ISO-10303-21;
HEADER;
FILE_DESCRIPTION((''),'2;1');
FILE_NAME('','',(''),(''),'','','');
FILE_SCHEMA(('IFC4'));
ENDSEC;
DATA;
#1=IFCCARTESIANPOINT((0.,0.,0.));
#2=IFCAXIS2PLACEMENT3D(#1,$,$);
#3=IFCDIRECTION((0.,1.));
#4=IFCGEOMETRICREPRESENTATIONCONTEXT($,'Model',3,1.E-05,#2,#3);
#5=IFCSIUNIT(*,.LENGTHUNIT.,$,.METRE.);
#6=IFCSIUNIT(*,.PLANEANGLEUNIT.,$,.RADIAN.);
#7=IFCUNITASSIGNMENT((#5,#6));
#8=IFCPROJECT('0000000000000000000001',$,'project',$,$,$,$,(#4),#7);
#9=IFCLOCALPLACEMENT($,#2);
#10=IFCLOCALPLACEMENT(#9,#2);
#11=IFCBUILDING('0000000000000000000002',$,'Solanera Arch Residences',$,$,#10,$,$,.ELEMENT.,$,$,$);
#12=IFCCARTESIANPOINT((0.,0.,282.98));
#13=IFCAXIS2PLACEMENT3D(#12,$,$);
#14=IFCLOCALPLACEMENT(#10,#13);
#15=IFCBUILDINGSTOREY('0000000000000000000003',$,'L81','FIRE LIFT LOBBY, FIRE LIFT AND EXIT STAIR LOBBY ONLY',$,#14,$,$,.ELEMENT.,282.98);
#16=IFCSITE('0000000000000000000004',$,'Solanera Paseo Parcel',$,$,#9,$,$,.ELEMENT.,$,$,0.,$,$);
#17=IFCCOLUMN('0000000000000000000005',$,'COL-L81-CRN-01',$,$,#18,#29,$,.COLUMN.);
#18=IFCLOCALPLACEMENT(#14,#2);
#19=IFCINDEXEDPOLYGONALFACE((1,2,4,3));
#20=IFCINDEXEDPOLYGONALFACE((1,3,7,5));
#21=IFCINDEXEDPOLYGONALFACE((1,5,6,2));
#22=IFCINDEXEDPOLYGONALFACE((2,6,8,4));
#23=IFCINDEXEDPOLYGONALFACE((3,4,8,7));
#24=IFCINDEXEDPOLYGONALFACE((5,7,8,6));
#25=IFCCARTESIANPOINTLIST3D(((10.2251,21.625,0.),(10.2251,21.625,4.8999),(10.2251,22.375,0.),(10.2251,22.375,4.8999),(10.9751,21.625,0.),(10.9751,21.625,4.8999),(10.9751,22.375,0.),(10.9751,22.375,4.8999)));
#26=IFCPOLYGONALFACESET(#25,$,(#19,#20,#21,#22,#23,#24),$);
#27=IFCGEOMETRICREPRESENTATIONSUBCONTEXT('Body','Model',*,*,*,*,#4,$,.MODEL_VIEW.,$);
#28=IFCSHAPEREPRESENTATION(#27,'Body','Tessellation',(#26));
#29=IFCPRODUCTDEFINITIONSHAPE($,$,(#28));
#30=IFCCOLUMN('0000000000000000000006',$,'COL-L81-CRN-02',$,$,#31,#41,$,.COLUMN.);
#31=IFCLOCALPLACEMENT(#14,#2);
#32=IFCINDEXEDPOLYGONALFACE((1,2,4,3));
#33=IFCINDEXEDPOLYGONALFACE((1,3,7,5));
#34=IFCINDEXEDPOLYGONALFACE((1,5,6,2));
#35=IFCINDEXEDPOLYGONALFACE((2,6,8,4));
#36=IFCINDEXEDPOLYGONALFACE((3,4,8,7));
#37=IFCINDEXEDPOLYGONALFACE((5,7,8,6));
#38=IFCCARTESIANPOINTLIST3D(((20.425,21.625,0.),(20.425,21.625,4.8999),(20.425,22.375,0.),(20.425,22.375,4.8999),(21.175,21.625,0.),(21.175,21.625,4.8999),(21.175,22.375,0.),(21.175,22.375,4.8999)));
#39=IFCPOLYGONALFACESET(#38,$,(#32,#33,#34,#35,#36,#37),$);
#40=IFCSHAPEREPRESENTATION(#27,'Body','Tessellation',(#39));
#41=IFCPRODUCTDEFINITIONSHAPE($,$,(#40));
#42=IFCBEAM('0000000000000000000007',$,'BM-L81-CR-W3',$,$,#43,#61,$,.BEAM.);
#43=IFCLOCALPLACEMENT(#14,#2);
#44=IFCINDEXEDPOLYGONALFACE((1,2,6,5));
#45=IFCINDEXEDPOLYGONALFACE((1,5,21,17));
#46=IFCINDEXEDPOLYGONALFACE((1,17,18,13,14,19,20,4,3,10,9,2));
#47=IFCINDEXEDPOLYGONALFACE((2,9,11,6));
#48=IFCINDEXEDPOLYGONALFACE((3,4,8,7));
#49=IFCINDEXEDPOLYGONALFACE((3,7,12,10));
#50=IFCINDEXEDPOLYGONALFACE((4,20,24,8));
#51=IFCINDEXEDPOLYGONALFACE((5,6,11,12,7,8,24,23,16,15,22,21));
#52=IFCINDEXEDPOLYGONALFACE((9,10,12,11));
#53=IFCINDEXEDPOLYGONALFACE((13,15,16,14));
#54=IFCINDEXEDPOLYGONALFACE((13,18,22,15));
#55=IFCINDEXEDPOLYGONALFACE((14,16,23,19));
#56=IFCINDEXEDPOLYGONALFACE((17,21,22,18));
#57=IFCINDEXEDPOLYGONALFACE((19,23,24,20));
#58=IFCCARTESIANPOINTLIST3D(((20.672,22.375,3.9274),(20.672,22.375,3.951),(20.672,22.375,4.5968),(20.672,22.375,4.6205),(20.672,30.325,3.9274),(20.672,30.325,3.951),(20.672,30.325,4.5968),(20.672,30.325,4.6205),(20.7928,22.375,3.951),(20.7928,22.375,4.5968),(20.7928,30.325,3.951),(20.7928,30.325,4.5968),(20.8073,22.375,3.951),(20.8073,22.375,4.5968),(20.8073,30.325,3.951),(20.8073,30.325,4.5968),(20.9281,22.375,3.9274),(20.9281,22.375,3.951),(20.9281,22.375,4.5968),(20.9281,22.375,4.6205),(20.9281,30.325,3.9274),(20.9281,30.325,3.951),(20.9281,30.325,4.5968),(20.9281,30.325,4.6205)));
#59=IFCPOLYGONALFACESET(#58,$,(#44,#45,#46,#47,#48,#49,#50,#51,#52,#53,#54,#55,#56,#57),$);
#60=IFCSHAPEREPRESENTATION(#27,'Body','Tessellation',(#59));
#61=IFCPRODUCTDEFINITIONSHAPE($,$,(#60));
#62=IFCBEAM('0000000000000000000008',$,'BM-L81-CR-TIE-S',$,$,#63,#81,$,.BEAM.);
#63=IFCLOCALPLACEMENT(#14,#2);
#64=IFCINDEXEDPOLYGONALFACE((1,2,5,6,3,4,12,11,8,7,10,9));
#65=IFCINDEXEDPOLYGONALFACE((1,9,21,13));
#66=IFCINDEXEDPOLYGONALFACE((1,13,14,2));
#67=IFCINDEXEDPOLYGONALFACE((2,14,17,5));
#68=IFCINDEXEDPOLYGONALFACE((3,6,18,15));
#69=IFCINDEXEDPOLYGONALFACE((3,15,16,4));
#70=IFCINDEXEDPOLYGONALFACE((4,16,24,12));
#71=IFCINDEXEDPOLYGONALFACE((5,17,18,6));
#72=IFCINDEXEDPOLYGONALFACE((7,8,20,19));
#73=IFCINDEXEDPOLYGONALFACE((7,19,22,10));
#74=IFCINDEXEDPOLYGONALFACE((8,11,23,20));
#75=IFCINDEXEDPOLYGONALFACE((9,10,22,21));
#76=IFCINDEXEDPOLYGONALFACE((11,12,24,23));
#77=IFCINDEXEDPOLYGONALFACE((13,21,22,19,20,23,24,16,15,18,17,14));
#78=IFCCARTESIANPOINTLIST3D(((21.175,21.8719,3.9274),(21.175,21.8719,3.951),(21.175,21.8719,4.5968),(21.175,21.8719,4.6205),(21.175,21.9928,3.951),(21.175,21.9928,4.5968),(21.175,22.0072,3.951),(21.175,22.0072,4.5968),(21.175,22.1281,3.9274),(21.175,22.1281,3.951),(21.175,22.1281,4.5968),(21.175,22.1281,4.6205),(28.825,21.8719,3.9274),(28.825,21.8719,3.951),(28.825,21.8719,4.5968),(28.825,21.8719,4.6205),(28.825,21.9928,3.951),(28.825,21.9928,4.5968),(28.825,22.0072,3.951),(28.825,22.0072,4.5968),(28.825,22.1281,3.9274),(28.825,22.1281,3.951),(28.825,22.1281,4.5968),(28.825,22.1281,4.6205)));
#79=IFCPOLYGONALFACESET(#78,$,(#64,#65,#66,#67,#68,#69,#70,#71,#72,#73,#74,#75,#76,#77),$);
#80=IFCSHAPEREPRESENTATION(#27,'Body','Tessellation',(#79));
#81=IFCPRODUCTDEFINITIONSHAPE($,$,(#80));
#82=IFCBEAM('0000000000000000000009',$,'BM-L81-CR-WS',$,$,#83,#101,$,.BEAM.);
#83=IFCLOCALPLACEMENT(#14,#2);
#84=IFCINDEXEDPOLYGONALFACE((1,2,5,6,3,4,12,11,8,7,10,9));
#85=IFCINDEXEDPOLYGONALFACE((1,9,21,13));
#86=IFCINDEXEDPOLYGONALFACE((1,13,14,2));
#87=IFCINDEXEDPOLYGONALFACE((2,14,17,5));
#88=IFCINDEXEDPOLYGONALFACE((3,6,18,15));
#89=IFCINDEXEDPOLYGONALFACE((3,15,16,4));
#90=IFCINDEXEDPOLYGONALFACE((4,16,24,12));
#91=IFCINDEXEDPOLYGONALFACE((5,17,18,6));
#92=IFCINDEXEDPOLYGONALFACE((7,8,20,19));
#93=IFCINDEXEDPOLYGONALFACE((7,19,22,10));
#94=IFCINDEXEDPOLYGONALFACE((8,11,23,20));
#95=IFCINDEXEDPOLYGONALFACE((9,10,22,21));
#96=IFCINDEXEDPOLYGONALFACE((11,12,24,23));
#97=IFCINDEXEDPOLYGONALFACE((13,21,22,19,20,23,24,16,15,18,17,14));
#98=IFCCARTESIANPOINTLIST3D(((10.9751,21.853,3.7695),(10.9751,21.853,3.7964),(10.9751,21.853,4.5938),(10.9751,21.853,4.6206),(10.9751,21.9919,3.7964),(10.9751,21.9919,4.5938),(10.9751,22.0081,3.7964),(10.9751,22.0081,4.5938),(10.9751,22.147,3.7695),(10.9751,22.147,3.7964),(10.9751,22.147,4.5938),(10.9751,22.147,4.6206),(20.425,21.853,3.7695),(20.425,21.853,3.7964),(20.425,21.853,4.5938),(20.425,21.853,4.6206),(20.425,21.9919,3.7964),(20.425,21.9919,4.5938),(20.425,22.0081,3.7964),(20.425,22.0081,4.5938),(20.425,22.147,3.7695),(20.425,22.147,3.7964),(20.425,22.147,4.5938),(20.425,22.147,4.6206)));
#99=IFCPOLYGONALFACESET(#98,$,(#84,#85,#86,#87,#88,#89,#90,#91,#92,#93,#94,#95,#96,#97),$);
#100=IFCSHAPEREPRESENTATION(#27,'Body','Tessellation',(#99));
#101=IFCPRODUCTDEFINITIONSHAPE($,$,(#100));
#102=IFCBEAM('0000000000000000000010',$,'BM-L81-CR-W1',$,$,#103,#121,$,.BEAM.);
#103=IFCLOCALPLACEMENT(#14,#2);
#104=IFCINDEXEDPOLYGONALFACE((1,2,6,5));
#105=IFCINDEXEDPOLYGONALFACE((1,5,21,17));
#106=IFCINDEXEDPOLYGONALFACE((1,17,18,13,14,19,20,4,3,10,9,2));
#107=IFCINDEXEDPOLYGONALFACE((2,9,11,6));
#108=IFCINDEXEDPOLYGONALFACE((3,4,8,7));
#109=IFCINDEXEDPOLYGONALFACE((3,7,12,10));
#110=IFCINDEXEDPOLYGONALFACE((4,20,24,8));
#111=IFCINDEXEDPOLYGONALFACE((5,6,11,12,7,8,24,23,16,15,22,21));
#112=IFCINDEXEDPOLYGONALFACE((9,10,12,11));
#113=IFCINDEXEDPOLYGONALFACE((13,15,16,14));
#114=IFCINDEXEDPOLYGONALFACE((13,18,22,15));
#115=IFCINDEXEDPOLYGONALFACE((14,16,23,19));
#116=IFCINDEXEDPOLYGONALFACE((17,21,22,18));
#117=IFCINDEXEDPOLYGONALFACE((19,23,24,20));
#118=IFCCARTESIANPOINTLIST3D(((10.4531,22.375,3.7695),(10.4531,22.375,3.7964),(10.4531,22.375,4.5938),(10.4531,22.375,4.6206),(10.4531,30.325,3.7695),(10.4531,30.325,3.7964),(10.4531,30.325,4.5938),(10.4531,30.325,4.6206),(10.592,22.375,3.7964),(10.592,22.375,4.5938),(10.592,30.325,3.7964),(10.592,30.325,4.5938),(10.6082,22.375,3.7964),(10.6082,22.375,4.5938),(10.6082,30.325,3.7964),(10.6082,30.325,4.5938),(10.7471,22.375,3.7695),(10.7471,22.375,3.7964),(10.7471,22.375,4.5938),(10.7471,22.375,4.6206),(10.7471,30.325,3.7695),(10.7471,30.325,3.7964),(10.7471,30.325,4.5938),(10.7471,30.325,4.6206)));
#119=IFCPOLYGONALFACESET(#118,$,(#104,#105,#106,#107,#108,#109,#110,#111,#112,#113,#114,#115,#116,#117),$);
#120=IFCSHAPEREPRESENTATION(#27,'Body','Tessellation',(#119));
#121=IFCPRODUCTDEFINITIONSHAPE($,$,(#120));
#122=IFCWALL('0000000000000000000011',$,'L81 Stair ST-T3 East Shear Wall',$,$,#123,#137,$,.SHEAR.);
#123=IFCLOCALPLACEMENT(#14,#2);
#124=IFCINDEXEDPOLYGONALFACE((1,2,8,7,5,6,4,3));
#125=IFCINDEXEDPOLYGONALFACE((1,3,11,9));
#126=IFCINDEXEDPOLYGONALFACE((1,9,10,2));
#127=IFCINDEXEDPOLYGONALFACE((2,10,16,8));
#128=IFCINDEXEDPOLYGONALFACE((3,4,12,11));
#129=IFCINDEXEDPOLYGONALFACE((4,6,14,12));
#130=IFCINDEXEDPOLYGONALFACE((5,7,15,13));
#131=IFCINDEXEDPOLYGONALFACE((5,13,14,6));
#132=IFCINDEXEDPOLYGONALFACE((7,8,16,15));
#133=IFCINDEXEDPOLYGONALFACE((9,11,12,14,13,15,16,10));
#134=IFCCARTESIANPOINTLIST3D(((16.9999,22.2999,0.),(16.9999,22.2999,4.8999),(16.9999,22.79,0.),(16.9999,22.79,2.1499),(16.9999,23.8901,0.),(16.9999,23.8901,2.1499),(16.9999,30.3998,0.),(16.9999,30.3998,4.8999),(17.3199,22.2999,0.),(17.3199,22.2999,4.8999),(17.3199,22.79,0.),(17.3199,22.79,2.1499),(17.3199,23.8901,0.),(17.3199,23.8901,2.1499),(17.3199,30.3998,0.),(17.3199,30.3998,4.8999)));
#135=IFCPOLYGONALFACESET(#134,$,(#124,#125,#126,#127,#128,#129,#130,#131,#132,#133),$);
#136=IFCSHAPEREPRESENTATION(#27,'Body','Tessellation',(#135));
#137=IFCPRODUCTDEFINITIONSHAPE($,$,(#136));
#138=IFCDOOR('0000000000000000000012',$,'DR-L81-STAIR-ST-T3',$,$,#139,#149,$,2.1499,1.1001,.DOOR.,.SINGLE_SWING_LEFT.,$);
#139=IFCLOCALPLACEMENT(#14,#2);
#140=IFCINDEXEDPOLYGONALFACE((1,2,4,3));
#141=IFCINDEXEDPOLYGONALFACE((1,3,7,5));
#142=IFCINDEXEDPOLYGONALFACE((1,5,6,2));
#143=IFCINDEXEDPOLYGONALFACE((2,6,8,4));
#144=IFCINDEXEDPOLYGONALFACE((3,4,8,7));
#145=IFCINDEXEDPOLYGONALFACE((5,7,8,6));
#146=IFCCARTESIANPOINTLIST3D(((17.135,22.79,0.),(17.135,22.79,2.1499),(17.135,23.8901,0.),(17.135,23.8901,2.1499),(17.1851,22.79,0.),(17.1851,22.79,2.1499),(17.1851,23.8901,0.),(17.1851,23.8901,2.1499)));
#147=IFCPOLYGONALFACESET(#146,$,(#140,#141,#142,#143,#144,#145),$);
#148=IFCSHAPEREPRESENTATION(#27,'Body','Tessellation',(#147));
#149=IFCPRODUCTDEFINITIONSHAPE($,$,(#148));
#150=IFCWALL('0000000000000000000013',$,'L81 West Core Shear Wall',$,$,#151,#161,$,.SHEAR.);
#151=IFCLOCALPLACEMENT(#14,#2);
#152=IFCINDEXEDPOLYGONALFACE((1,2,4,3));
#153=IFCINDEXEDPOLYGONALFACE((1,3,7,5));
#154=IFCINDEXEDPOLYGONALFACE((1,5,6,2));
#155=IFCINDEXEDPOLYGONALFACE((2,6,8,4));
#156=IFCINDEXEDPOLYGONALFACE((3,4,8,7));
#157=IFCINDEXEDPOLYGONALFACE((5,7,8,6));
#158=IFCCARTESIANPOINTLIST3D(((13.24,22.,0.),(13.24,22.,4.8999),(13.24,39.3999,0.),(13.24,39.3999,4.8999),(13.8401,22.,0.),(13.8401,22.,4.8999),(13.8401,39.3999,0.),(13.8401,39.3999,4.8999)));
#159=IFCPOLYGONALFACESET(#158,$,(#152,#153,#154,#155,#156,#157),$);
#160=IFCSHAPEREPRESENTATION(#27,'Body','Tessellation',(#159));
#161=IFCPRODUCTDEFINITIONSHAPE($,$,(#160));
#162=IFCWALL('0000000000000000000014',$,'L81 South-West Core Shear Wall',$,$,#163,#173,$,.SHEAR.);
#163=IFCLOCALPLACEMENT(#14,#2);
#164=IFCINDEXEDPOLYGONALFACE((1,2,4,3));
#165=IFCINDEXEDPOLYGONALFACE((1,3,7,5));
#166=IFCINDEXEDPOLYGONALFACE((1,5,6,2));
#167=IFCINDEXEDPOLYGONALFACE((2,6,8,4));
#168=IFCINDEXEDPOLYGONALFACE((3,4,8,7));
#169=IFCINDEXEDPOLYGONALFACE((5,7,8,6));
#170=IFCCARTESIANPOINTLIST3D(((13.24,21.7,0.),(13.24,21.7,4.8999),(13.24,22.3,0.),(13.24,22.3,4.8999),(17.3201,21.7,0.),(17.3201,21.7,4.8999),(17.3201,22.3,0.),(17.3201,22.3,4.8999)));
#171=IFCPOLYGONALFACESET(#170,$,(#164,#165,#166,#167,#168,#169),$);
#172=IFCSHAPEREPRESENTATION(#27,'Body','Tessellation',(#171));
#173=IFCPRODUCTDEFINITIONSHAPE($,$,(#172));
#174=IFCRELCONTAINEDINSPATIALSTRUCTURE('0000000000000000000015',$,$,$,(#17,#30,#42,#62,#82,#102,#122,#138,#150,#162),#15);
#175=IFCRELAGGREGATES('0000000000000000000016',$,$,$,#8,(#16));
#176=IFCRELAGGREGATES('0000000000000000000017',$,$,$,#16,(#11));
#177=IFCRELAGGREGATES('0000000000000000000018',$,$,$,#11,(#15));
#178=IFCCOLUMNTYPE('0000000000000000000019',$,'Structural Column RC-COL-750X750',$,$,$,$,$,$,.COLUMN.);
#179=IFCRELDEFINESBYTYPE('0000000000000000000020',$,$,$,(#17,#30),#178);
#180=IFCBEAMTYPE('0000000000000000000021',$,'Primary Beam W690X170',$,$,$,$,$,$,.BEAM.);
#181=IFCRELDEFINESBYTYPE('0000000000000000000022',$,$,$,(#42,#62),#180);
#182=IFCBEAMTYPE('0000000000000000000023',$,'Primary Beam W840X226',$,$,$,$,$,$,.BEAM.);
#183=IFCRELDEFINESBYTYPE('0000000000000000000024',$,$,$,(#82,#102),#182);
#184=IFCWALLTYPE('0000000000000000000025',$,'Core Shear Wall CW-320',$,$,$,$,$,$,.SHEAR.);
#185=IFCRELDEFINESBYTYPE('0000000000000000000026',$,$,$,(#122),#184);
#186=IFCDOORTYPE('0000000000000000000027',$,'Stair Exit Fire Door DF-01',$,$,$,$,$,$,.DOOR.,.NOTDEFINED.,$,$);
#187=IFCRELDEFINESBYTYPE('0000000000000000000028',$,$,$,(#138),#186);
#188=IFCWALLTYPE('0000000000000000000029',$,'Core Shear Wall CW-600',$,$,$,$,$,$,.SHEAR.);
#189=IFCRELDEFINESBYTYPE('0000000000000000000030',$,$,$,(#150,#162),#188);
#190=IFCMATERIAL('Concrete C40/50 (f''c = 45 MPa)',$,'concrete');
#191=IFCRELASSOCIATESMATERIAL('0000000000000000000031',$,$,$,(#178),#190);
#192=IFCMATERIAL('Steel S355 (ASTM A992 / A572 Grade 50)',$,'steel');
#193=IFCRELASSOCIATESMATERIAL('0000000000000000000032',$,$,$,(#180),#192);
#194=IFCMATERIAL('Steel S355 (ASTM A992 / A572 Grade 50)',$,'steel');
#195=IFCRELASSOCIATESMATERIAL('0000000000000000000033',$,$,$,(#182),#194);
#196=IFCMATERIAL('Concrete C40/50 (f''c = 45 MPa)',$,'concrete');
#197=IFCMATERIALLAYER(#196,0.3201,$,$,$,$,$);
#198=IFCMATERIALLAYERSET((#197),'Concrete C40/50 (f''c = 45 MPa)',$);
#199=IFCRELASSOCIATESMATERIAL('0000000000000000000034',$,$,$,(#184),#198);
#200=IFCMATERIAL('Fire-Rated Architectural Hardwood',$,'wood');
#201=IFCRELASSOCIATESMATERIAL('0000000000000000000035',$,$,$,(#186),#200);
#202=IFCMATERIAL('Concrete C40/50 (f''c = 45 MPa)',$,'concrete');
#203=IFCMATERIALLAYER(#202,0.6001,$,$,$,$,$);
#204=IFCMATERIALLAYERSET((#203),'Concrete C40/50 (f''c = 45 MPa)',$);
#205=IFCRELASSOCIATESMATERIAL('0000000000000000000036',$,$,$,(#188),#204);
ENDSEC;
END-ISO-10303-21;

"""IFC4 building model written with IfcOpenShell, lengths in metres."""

from ifc_helpers import new_model, si_unit, direction, frame, frame_2d, origin, origin_2d, place, context, subcontext, project, spatial, rectangle, i_section, extrude, material, layer, layer_set, material_profile, profile_set, type_object, element, fill, save


model = new_model("IFC4")

# Units and contexts
model_context = context("Model", 3, precision=1e-05, world=origin(), true_north=direction((0.0, 1.0)))
body_context = subcontext(model_context, "Body", "Model", "MODEL_VIEW")
ifc_project = project(units=[si_unit("LENGTHUNIT", "METRE"), si_unit("PLANEANGLEUNIT", "RADIAN")], contexts=[model_context])

# Site, building, storey
site_placement = place(None, origin())
site = spatial("IfcSite", under=ifc_project, at=site_placement, Name="Solanera Paseo Parcel", CompositionType="ELEMENT", RefElevation=0.0)
building_placement = place(site_placement, origin())
building = spatial("IfcBuilding", under=site, at=building_placement, Name="Solanera Arch Residences", CompositionType="ELEMENT")
storey_placement = place(building_placement, frame((0.0, 0.0, 282.98)))
storey = spatial("IfcBuildingStorey", under=building, at=storey_placement, Name="L81", Description="FIRE LIFT LOBBY, FIRE LIFT AND EXIT STAIR LOBBY ONLY", CompositionType="ELEMENT", Elevation=282.98)

# Columns
ifc_material_1 = material(Name="Concrete C40/50 (f'c = 45 MPa)", Category="concrete")
ifc_material_profile_1 = material_profile(ifc_material_1, rectangle(XDim=0.75, YDim=0.75, at=origin_2d()))
ifc_profile_set_1 = profile_set([ifc_material_profile_1], Name="Concrete C40/50 (f'c = 45 MPa)")
column_type = type_object("IfcColumnType", Name="Structural Column RC-COL-750X750", PredefinedType="COLUMN", material=ifc_profile_set_1)
for number, where, z_axis, x_axis, name in (
    (1, (10.6001, 22.0, 0.0), (0.0, 0.0, 1.0), (1.0, 0.0, 0.0), "COL-L81-CRN-01"),
    (2, (20.8, 22.0, 0.0), (0.0, 0.0, 1.0), (1.0, 0.0, 0.0), "COL-L81-CRN-02"),
):
    element("IfcColumn", number, at=place(storey_placement, frame(where, z_axis=z_axis, x_axis=x_axis)), inside=storey, type_object=column_type, Name=name, PredefinedType="COLUMN", context=body_context, shape_type="SweptSolid", body=[
        extrude(rectangle(XDim=0.75, YDim=0.75, at=origin_2d()), origin(), (0.0, 0.0, 1.0), 4.8999),
    ])

# Beams
ifc_material_2 = material(Name="Steel S355 (ASTM A992 / A572 Grade 50)", Category="steel")
ifc_material_profile_2 = material_profile(ifc_material_2, i_section(OverallWidth=0.2561, OverallDepth=0.6931, WebThickness=0.0144, FlangeThickness=0.0237, at=origin_2d()))
ifc_profile_set_2 = profile_set([ifc_material_profile_2], Name="Steel S355 (ASTM A992 / A572 Grade 50)")
beam_type_1 = type_object("IfcBeamType", Name="Primary Beam W690X170", PredefinedType="BEAM", material=ifc_profile_set_2)
beam_1_placement = place(storey_placement, frame((20.8, 22.375, 4.2739), z_axis=(0.0, 1.0, 0.0), x_axis=(-1.0, 0.0, 0.0)))
element("IfcBeam", 3, at=beam_1_placement, inside=storey, type_object=beam_type_1, Name="BM-L81-CR-W3", PredefinedType="BEAM", context=body_context, shape_type="SweptSolid", body=[
    extrude(i_section(OverallWidth=0.2561, OverallDepth=0.6931, WebThickness=0.0144, FlangeThickness=0.0237, at=origin_2d()), origin(), (0.0, 0.0, 1.0), 7.95),
])
beam_2_placement = place(storey_placement, frame((21.175, 22.0, 4.2739), z_axis=(1.0, 0.0, 0.0), x_axis=(0.0, 1.0, 0.0)))
element("IfcBeam", 4, at=beam_2_placement, inside=storey, type_object=beam_type_1, Name="BM-L81-CR-TIE-S", PredefinedType="BEAM", context=body_context, shape_type="SweptSolid", body=[
    extrude(i_section(OverallWidth=0.2561, OverallDepth=0.6931, WebThickness=0.0144, FlangeThickness=0.0237, at=origin_2d()), origin(), (0.0, 0.0, 1.0), 7.6499),
])
ifc_material_3 = material(Name="Steel S355 (ASTM A992 / A572 Grade 50)", Category="steel")
ifc_material_profile_3 = material_profile(ifc_material_3, i_section(OverallWidth=0.2939, OverallDepth=0.8511, WebThickness=0.0161, FlangeThickness=0.0269, at=origin_2d()))
ifc_profile_set_3 = profile_set([ifc_material_profile_3], Name="Steel S355 (ASTM A992 / A572 Grade 50)")
beam_type_2 = type_object("IfcBeamType", Name="Primary Beam W840X226", PredefinedType="BEAM", material=ifc_profile_set_3)
beam_3_placement = place(storey_placement, frame((10.9751, 22.0, 4.1951), z_axis=(1.0, 0.0, 0.0), x_axis=(0.0, 1.0, 0.0)))
element("IfcBeam", 5, at=beam_3_placement, inside=storey, type_object=beam_type_2, Name="BM-L81-CR-WS", PredefinedType="BEAM", context=body_context, shape_type="SweptSolid", body=[
    extrude(i_section(OverallWidth=0.2939, OverallDepth=0.8511, WebThickness=0.0161, FlangeThickness=0.0269, at=origin_2d()), origin(), (0.0, 0.0, 1.0), 9.45),
])
beam_4_placement = place(storey_placement, frame((10.6001, 22.375, 4.1951), z_axis=(0.0, 1.0, 0.0), x_axis=(-1.0, 0.0, 0.0)))
element("IfcBeam", 6, at=beam_4_placement, inside=storey, type_object=beam_type_2, Name="BM-L81-CR-W1", PredefinedType="BEAM", context=body_context, shape_type="SweptSolid", body=[
    extrude(i_section(OverallWidth=0.2939, OverallDepth=0.8511, WebThickness=0.0161, FlangeThickness=0.0269, at=origin_2d()), origin(), (0.0, 0.0, 1.0), 7.95),
])

# Wall, opening, door
ifc_material_4 = material(Name="Concrete C40/50 (f'c = 45 MPa)", Category="concrete")
ifc_layer_1 = layer(ifc_material_4, 0.3201)
ifc_layer_set_1 = layer_set([ifc_layer_1], Name="Concrete C40/50 (f'c = 45 MPa)")
wall_type_1 = type_object("IfcWallType", Name="Core Shear Wall CW-320", PredefinedType="SHEAR", material=ifc_layer_set_1)
wall_1_placement = place(storey_placement, frame((17.1599, 22.3, 0.0), z_axis=(0.0, 0.0, 1.0), x_axis=(0.0, 1.0, 0.0)))
wall_1 = element("IfcWall", 7, at=wall_1_placement, inside=storey, type_object=wall_type_1, Name="L81 Stair ST-T3 East Shear Wall", PredefinedType="SHEAR", context=body_context, shape_type="SweptSolid", body=[
    extrude(rectangle(XDim=8.0999, YDim=0.3201, at=frame_2d((4.0498, 0.0))), origin(), (0.0, 0.0, 1.0), 4.8999),
])
opening_placement = place(wall_1_placement, frame((0.49, 0.0, 0.0)))
opening = element("IfcOpeningElement", 8, at=opening_placement, cuts=wall_1, PredefinedType="OPENING", context=body_context, shape_type="SweptSolid", body=[
    extrude(rectangle(XDim=1.1001, YDim=2.1499, at=frame_2d((0.55, 1.075))), frame((0.0, 0.1699, 0.0), z_axis=(0.0, -1.0, 0.0), x_axis=(1.0, 0.0, 0.0)), (0.0, 0.0, 1.0), 0.3401),
])
ifc_material_5 = material(Name="Fire-Rated Architectural Hardwood", Category="wood")
door_type = type_object("IfcDoorType", Name="Stair Exit Fire Door DF-01", OperationType="NOTDEFINED", PredefinedType="DOOR", material=ifc_material_5)
door_placement = place(opening_placement, origin())
door = element("IfcDoor", 9, at=door_placement, inside=storey, type_object=door_type, Name="DR-L81-STAIR-ST-T3", OperationType="SINGLE_SWING_LEFT", OverallHeight=2.1499, OverallWidth=1.1001, PredefinedType="DOOR", context=body_context, shape_type="SweptSolid", body=[
    extrude(rectangle(XDim=1.1001, YDim=2.1499, at=frame_2d((0.55, 1.075))), frame((0.0, 0.0249, 0.0), z_axis=(0.0, -1.0, 0.0), x_axis=(1.0, 0.0, 0.0)), (0.0, 0.0, 1.0), 0.05),
])
fill(opening, door)

# Walls
ifc_material_6 = material(Name="Concrete C40/50 (f'c = 45 MPa)", Category="concrete")
ifc_layer_2 = layer(ifc_material_6, 0.6001)
ifc_layer_set_2 = layer_set([ifc_layer_2], Name="Concrete C40/50 (f'c = 45 MPa)")
wall_type_2 = type_object("IfcWallType", Name="Core Shear Wall CW-600", PredefinedType="SHEAR", material=ifc_layer_set_2)
wall_2_placement = place(storey_placement, frame((13.54, 22.0, 0.0), z_axis=(0.0, 0.0, 1.0), x_axis=(0.0, 1.0, 0.0)))
element("IfcWall", 10, at=wall_2_placement, inside=storey, type_object=wall_type_2, Name="L81 West Core Shear Wall", PredefinedType="SHEAR", context=body_context, shape_type="SweptSolid", body=[
    extrude(rectangle(XDim=17.3999, YDim=0.6001, at=frame_2d((8.7, 0.0))), origin(), (0.0, 0.0, 1.0), 4.8999),
])
wall_3_placement = place(storey_placement, frame((13.24, 22.0, 0.0), z_axis=(0.0, 0.0, 1.0), x_axis=(1.0, 0.0, 0.0)))
element("IfcWall", 11, at=wall_3_placement, inside=storey, type_object=wall_type_2, Name="L81 South-West Core Shear Wall", PredefinedType="SHEAR", context=body_context, shape_type="SweptSolid", body=[
    extrude(rectangle(XDim=4.0801, YDim=0.6001, at=frame_2d((2.04, 0.0))), origin(), (0.0, 0.0, 1.0), 4.8999),
])

save(model, "model.ifc")
